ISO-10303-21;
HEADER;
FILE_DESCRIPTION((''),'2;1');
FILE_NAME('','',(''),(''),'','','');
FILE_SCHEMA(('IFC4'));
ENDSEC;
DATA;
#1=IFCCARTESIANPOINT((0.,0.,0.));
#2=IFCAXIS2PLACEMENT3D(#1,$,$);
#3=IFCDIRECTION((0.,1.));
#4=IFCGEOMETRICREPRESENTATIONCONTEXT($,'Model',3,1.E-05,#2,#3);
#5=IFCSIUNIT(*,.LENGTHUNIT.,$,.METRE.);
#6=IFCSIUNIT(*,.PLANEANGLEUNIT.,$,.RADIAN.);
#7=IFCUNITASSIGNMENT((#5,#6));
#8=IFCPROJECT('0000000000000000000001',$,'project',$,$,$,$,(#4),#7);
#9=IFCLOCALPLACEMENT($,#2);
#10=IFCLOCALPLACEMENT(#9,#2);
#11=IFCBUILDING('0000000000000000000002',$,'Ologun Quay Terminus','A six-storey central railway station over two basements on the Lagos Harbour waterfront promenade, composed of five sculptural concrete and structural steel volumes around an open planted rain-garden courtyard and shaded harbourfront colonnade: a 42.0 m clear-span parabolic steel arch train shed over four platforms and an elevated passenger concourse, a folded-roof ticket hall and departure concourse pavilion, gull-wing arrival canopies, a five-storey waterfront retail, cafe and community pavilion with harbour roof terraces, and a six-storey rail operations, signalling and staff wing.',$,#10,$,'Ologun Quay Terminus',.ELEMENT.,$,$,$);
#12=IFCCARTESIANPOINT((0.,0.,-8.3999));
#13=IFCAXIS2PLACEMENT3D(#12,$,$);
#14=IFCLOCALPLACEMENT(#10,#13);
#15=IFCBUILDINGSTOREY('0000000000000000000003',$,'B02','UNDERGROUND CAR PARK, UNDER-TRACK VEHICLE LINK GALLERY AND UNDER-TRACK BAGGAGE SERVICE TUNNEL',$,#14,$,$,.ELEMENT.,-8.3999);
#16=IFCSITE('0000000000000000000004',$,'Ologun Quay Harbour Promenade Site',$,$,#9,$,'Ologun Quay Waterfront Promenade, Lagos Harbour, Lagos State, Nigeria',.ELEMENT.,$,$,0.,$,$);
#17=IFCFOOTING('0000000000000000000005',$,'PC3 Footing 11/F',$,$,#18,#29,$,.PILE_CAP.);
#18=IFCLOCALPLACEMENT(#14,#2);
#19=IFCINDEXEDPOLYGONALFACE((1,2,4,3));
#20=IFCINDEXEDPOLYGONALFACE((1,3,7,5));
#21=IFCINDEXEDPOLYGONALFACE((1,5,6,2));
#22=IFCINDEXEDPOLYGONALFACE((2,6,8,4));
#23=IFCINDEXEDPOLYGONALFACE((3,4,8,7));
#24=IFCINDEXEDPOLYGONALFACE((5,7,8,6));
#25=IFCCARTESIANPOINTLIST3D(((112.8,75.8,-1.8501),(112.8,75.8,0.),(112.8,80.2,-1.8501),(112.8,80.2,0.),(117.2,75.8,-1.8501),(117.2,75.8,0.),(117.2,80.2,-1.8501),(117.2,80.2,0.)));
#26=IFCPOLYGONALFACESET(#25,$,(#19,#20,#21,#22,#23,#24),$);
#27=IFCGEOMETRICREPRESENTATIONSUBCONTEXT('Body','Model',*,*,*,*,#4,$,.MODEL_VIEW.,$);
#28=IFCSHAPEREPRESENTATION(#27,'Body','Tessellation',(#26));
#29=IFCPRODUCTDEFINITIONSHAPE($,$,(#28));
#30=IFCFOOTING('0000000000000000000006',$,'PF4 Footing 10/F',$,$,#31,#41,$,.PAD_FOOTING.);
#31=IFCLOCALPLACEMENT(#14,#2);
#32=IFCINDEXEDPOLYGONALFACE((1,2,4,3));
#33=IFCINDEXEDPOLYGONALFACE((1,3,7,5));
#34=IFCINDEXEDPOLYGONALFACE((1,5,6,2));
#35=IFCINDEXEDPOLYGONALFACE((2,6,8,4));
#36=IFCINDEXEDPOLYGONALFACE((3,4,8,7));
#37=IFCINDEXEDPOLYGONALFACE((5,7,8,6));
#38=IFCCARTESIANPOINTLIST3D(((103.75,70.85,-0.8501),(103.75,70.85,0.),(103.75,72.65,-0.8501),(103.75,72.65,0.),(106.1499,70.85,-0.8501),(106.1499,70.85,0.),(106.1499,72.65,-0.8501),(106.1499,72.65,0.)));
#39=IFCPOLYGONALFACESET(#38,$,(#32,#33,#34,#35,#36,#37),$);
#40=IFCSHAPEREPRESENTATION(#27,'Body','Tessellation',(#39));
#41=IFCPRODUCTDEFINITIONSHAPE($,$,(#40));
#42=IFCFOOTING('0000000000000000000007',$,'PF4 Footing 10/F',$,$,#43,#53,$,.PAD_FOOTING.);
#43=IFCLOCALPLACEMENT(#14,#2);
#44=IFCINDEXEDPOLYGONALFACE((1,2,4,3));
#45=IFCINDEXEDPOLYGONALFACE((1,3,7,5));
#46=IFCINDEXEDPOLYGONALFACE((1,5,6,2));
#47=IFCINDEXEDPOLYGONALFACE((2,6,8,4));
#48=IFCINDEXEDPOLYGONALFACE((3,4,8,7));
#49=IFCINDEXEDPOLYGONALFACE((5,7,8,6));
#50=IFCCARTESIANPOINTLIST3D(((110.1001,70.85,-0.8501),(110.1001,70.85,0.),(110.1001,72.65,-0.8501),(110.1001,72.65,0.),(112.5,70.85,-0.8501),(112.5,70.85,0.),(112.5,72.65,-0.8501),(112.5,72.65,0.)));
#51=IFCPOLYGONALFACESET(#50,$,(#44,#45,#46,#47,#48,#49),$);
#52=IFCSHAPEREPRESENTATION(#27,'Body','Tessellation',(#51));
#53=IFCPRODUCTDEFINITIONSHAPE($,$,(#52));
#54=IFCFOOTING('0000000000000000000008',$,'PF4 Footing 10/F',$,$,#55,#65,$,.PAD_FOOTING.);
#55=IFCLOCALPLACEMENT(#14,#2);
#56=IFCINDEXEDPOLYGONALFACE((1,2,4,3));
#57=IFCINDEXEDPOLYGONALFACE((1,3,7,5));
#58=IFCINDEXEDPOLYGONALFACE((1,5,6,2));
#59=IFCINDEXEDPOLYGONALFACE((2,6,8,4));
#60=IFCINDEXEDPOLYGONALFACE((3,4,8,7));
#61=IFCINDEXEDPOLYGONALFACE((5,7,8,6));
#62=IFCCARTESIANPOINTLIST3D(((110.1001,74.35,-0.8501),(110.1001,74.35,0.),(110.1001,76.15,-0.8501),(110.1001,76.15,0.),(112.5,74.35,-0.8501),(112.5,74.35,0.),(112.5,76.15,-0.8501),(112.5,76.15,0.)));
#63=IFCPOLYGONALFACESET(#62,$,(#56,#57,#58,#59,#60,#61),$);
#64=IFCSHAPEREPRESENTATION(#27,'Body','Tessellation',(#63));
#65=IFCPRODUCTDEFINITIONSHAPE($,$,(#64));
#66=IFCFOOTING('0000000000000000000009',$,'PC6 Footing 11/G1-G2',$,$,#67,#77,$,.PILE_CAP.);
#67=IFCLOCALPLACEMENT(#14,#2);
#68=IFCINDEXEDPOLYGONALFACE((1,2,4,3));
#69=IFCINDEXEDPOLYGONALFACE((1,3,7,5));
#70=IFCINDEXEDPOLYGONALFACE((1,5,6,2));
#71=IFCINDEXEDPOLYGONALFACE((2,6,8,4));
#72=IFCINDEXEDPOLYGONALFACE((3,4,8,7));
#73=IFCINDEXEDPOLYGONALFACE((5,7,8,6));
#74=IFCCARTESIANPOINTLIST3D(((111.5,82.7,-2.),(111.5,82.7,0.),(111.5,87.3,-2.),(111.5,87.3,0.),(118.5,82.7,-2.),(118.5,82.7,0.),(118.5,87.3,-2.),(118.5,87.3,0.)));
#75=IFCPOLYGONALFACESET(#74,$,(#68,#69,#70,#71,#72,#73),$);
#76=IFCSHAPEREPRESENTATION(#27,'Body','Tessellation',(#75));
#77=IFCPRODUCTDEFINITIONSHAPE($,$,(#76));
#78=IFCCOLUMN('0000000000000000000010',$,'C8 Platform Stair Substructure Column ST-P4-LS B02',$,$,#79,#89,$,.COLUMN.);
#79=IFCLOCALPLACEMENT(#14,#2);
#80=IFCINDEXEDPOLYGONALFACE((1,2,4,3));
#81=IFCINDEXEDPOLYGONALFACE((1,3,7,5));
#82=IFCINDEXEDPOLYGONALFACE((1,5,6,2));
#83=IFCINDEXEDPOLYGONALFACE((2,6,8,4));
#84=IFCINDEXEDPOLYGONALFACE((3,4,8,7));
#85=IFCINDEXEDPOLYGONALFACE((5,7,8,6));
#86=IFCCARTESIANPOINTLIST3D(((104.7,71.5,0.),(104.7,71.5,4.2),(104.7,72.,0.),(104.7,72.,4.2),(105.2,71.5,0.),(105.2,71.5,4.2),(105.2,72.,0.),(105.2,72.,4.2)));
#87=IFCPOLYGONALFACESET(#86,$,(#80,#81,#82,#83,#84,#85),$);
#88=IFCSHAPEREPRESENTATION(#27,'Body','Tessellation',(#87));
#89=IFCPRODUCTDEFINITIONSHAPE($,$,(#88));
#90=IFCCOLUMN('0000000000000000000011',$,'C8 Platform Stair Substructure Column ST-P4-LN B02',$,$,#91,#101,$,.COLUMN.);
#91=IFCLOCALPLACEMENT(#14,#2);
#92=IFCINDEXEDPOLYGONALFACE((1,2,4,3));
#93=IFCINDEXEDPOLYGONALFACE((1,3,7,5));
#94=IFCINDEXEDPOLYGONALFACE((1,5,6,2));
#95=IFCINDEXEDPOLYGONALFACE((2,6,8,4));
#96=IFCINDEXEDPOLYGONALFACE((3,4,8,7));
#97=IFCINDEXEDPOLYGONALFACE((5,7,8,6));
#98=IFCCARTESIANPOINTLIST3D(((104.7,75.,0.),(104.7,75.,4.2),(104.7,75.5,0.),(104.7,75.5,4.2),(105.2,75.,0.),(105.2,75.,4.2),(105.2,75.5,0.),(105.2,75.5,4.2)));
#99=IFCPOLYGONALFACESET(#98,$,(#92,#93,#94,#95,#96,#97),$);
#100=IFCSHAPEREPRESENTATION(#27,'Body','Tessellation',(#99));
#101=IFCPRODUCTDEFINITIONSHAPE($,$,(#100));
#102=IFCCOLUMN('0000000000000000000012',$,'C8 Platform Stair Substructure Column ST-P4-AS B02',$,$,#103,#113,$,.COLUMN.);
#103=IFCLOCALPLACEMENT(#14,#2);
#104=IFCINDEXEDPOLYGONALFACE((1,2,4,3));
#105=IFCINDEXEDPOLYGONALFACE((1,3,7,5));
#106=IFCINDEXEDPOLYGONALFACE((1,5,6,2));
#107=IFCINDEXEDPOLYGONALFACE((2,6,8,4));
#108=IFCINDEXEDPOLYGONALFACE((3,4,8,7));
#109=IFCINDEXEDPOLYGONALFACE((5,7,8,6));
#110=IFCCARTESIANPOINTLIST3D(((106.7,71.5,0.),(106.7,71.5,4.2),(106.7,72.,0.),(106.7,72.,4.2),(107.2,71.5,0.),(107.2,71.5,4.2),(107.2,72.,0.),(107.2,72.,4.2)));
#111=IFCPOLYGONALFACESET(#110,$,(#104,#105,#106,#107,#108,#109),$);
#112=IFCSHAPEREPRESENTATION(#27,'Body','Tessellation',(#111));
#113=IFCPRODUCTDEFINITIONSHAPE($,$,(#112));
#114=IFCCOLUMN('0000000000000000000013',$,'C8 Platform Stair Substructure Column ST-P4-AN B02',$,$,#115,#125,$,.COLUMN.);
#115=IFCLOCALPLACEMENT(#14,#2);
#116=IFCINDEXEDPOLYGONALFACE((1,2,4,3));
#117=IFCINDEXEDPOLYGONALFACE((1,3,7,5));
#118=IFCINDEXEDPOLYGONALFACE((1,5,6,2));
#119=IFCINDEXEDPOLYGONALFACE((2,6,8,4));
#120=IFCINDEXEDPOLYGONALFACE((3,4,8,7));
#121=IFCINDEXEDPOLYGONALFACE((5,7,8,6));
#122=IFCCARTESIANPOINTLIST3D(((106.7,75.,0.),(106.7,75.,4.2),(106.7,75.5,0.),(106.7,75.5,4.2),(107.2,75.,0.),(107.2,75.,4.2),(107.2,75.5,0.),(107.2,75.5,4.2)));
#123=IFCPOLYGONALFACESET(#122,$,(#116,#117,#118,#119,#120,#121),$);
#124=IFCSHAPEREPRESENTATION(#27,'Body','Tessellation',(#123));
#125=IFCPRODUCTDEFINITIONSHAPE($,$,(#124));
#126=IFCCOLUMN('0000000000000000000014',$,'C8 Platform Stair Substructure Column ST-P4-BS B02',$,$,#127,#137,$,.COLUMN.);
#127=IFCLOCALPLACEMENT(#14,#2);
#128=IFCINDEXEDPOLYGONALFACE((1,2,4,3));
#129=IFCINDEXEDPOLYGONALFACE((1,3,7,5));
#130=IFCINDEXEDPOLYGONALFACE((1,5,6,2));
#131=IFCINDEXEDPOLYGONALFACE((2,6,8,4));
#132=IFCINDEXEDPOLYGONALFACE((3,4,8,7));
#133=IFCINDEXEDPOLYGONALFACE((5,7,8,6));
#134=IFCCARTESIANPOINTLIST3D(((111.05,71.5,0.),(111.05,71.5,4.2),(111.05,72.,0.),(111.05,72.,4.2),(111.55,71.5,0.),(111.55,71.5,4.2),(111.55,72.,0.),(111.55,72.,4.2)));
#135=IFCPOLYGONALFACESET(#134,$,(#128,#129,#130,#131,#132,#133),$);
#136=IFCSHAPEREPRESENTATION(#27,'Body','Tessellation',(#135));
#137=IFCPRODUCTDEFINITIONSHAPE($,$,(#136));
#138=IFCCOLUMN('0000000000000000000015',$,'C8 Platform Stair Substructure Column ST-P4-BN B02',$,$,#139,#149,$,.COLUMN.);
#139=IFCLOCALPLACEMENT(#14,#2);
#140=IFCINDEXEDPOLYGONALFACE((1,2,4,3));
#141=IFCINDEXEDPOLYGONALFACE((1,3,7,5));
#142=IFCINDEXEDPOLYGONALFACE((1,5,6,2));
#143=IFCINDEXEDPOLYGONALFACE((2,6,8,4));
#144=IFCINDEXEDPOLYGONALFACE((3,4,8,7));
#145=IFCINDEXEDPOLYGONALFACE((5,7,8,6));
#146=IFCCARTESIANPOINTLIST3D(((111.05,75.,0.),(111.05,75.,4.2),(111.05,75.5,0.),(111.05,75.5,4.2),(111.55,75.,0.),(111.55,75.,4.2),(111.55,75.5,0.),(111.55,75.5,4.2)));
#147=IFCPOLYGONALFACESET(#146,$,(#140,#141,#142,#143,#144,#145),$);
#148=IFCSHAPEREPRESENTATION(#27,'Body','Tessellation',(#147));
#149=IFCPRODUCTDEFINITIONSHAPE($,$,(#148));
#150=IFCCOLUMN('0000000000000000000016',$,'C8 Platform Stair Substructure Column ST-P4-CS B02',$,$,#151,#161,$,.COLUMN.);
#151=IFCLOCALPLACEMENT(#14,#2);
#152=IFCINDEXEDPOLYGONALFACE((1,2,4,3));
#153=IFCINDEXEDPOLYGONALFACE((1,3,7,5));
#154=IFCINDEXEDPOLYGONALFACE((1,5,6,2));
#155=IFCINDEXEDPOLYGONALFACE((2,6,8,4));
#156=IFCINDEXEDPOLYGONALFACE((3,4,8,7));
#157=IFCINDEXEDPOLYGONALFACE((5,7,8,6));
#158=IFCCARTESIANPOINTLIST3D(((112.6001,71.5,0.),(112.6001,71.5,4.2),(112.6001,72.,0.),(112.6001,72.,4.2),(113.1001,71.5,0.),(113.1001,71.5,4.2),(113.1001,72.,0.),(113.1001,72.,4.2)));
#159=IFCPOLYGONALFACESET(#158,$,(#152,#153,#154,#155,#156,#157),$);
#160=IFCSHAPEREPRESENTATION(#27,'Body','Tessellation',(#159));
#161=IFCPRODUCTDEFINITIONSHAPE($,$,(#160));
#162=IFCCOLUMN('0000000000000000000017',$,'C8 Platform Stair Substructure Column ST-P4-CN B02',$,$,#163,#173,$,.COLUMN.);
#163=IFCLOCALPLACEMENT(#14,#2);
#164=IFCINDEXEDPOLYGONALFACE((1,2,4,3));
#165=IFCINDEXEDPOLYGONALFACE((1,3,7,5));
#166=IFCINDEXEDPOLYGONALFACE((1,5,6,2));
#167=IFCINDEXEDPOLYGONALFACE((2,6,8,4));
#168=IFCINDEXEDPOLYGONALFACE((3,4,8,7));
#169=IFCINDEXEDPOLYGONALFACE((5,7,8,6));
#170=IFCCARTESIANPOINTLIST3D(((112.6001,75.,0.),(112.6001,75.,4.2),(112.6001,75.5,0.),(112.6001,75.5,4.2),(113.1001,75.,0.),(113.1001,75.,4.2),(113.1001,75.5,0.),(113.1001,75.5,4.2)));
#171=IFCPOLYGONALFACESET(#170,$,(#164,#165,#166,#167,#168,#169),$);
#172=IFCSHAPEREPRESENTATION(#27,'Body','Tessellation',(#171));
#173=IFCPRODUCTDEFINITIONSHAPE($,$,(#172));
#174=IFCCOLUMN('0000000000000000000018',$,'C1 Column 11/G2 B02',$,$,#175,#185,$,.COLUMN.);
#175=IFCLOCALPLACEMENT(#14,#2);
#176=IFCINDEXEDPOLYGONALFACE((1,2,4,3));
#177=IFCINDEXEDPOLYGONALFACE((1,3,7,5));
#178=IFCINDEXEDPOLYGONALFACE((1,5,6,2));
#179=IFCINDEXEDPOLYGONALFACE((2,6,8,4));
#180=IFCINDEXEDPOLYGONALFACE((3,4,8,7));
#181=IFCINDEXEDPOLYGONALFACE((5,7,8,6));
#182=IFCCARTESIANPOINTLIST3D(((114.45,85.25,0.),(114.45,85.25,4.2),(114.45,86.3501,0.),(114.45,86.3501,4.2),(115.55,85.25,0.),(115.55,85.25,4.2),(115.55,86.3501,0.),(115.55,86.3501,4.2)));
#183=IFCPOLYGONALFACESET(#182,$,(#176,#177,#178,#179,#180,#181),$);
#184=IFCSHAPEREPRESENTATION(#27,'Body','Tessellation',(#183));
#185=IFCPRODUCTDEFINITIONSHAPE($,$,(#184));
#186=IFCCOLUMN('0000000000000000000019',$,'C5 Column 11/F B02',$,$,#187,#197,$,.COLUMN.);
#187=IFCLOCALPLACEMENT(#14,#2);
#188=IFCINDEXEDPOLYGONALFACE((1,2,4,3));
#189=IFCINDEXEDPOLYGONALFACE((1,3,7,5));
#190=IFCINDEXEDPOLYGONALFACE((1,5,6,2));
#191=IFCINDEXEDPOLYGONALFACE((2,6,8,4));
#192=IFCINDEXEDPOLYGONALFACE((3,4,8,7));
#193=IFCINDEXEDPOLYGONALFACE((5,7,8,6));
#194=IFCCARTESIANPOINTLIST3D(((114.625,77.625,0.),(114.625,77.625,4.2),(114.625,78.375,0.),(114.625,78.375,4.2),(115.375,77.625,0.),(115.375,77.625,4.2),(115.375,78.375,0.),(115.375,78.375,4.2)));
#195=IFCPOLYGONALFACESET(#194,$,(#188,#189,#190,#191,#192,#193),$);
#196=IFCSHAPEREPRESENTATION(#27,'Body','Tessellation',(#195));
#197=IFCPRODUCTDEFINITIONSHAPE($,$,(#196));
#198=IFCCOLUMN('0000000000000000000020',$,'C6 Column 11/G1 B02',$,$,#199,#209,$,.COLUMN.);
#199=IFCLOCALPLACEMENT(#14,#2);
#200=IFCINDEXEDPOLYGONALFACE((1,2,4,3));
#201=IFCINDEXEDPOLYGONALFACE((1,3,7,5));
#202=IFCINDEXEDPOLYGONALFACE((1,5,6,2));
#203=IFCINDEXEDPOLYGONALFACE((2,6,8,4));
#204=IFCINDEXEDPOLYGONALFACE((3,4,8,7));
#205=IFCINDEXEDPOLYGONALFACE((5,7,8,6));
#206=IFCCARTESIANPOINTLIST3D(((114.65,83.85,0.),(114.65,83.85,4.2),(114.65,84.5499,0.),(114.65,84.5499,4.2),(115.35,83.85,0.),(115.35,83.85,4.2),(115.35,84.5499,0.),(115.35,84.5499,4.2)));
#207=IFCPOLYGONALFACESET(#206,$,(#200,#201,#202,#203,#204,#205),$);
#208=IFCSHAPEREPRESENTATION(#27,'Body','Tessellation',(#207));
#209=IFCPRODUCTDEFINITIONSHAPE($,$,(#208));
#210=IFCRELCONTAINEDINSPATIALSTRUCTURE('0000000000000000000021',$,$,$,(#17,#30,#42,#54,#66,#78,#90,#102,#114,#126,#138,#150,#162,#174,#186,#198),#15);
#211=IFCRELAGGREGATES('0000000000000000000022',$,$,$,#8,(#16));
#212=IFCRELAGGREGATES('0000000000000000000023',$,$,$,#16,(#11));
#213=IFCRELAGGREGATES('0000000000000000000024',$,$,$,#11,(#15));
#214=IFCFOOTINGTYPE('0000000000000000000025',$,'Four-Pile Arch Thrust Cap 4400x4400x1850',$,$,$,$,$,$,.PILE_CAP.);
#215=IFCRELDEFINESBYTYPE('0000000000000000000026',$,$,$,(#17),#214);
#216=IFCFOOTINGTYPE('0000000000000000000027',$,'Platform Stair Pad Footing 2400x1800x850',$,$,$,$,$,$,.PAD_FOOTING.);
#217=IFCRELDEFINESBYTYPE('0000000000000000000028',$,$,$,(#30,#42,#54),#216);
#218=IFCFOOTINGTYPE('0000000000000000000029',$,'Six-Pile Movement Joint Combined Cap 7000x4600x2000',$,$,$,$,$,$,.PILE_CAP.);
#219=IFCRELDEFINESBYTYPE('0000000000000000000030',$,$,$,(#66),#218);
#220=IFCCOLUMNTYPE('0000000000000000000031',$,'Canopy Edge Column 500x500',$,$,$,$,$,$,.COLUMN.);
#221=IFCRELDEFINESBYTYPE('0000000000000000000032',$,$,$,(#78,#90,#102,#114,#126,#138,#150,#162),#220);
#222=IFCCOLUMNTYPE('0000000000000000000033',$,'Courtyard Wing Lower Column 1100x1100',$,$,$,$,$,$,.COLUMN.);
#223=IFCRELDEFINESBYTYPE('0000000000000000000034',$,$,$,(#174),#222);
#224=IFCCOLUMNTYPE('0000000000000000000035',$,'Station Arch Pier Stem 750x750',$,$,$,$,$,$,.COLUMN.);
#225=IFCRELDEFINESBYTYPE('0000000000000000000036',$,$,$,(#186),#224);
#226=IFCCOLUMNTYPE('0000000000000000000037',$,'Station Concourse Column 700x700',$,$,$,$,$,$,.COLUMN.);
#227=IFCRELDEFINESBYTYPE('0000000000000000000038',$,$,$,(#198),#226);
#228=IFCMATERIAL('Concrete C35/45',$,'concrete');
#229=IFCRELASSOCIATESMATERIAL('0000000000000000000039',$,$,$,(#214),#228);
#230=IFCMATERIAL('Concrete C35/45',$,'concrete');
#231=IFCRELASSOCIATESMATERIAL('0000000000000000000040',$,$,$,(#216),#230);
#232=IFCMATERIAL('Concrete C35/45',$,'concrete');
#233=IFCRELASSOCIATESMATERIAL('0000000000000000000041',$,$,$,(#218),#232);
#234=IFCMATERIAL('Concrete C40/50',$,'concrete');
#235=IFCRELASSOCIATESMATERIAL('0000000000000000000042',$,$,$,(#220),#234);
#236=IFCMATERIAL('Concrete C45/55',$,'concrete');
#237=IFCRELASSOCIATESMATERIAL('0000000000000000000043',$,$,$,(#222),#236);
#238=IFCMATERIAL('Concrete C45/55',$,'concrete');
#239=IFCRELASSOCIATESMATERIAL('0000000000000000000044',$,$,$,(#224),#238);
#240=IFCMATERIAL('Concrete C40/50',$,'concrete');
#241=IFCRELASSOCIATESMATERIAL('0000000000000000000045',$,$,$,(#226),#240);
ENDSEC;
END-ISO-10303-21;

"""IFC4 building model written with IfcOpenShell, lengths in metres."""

from ifc_helpers import new_model, si_unit, direction, frame, origin, origin_2d, place, context, subcontext, project, spatial, rectangle, extrude, material, material_profile, profile_set, type_object, element, save


model = new_model("IFC4")

# Units and contexts
model_context = context("Model", 3, precision=1e-05, world=origin(), true_north=direction((0.0, 1.0)))
body_context = subcontext(model_context, "Body", "Model", "MODEL_VIEW")
ifc_project = project(units=[si_unit("LENGTHUNIT", "METRE"), si_unit("PLANEANGLEUNIT", "RADIAN")], contexts=[model_context])

# Site, building, storey
site_placement = place(None, origin())
site = spatial("IfcSite", under=ifc_project, at=site_placement, Name="Ologun Quay Harbour Promenade Site", LongName="Ologun Quay Waterfront Promenade, Lagos Harbour, Lagos State, Nigeria", CompositionType="ELEMENT", RefElevation=0.0)
building_placement = place(site_placement, origin())
building = spatial("IfcBuilding", under=site, at=building_placement, Name="Ologun Quay Terminus", Description="A six-storey central railway station over two basements on the Lagos Harbour waterfront promenade, composed of five sculptural concrete and structural steel volumes around an open planted rain-garden courtyard and shaded harbourfront colonnade: a 42.0 m clear-span parabolic steel arch train shed over four platforms and an elevated passenger concourse, a folded-roof ticket hall and departure concourse pavilion, gull-wing arrival canopies, a five-storey waterfront retail, cafe and community pavilion with harbour roof terraces, and a six-storey rail operations, signalling and staff wing.", LongName="Ologun Quay Terminus", CompositionType="ELEMENT")
storey_placement = place(building_placement, frame((0.0, 0.0, -8.3999)))
storey = spatial("IfcBuildingStorey", under=building, at=storey_placement, Name="B02", Description="UNDERGROUND CAR PARK, UNDER-TRACK VEHICLE LINK GALLERY AND UNDER-TRACK BAGGAGE SERVICE TUNNEL", CompositionType="ELEMENT", Elevation=-8.3999)

# Footings
ifc_material_1 = material(Name="Concrete C35/45", Category="concrete")
footing_type_1 = type_object("IfcFootingType", Name="Four-Pile Arch Thrust Cap 4400x4400x1850", PredefinedType="PILE_CAP", material=ifc_material_1)
footing_1_placement = place(storey_placement, frame((115.0, 78.0, -1.8501), z_axis=(0.0, 0.0, 1.0), x_axis=(1.0, 0.0, 0.0)))
element("IfcFooting", 1, at=footing_1_placement, inside=storey, type_object=footing_type_1, Name="PC3 Footing 11/F", PredefinedType="PILE_CAP", context=body_context, shape_type="SweptSolid", body=[
    extrude(rectangle(XDim=4.3999, YDim=4.3999, at=origin_2d()), origin(), (0.0, 0.0, 1.0), 1.8501),
])
ifc_material_2 = material(Name="Concrete C35/45", Category="concrete")
footing_type_2 = type_object("IfcFootingType", Name="Platform Stair Pad Footing 2400x1800x850", PredefinedType="PAD_FOOTING", material=ifc_material_2)
for number, where, z_axis, x_axis, name in (
    (2, (104.95, 71.75, -0.8501), (0.0, 0.0, 1.0), (1.0, 0.0, 0.0), "PF4 Footing 10/F"),
    (3, (111.3, 71.75, -0.8501), (0.0, 0.0, 1.0), (1.0, 0.0, 0.0), "PF4 Footing 10/F"),
    (4, (111.3, 75.25, -0.8501), (0.0, 0.0, 1.0), (1.0, 0.0, 0.0), "PF4 Footing 10/F"),
):
    element("IfcFooting", number, at=place(storey_placement, frame(where, z_axis=z_axis, x_axis=x_axis)), inside=storey, type_object=footing_type_2, Name=name, PredefinedType="PAD_FOOTING", context=body_context, shape_type="SweptSolid", body=[
        extrude(rectangle(XDim=2.3999, YDim=1.8, at=origin_2d()), origin(), (0.0, 0.0, 1.0), 0.8501),
    ])
ifc_material_3 = material(Name="Concrete C35/45", Category="concrete")
footing_type_3 = type_object("IfcFootingType", Name="Six-Pile Movement Joint Combined Cap 7000x4600x2000", PredefinedType="PILE_CAP", material=ifc_material_3)
footing_2_placement = place(storey_placement, frame((115.0, 85.0, -2.0), z_axis=(0.0, 0.0, 1.0), x_axis=(1.0, 0.0, 0.0)))
element("IfcFooting", 5, at=footing_2_placement, inside=storey, type_object=footing_type_3, Name="PC6 Footing 11/G1-G2", PredefinedType="PILE_CAP", context=body_context, shape_type="SweptSolid", body=[
    extrude(rectangle(XDim=7.0, YDim=4.6001, at=origin_2d()), origin(), (0.0, 0.0, 1.0), 2.0),
])

# Columns
ifc_material_4 = material(Name="Concrete C40/50", Category="concrete")
ifc_material_profile_1 = material_profile(ifc_material_4, rectangle(XDim=0.5, YDim=0.5, at=origin_2d()), Name="RC 500x500")
ifc_profile_set_1 = profile_set([ifc_material_profile_1], Name="Concrete C40/50")
column_type_1 = type_object("IfcColumnType", Name="Canopy Edge Column 500x500", PredefinedType="COLUMN", material=ifc_profile_set_1)
for number, where, z_axis, x_axis, name in (
    (6, (104.95, 71.75, 0.0), (0.0, 0.0, 1.0), (1.0, 0.0, 0.0), "C8 Platform Stair Substructure Column ST-P4-LS B02"),
    (7, (104.95, 75.25, 0.0), (0.0, 0.0, 1.0), (1.0, 0.0, 0.0), "C8 Platform Stair Substructure Column ST-P4-LN B02"),
    (8, (106.95, 71.75, 0.0), (0.0, 0.0, 1.0), (1.0, 0.0, 0.0), "C8 Platform Stair Substructure Column ST-P4-AS B02"),
    (9, (106.95, 75.25, 0.0), (0.0, 0.0, 1.0), (1.0, 0.0, 0.0), "C8 Platform Stair Substructure Column ST-P4-AN B02"),
    (10, (111.3, 71.75, 0.0), (0.0, 0.0, 1.0), (1.0, 0.0, 0.0), "C8 Platform Stair Substructure Column ST-P4-BS B02"),
    (11, (111.3, 75.25, 0.0), (0.0, 0.0, 1.0), (1.0, 0.0, 0.0), "C8 Platform Stair Substructure Column ST-P4-BN B02"),
    (12, (112.8501, 71.75, 0.0), (0.0, 0.0, 1.0), (1.0, 0.0, 0.0), "C8 Platform Stair Substructure Column ST-P4-CS B02"),
    (13, (112.8501, 75.25, 0.0), (0.0, 0.0, 1.0), (1.0, 0.0, 0.0), "C8 Platform Stair Substructure Column ST-P4-CN B02"),
):
    element("IfcColumn", number, at=place(storey_placement, frame(where, z_axis=z_axis, x_axis=x_axis)), inside=storey, type_object=column_type_1, Name=name, PredefinedType="COLUMN", context=body_context, shape_type="SweptSolid", body=[
        extrude(rectangle(XDim=0.5, YDim=0.5, at=origin_2d()), origin(), (0.0, 0.0, 1.0), 4.2),
    ])
ifc_material_5 = material(Name="Concrete C45/55", Category="concrete")
ifc_material_profile_2 = material_profile(ifc_material_5, rectangle(XDim=1.1001, YDim=1.1001, at=origin_2d()), Name="RC 1100x1100")
ifc_profile_set_2 = profile_set([ifc_material_profile_2], Name="Concrete C45/55")
column_type_2 = type_object("IfcColumnType", Name="Courtyard Wing Lower Column 1100x1100", PredefinedType="COLUMN", material=ifc_profile_set_2)
column_1_placement = place(storey_placement, frame((115.0, 85.8, 0.0), z_axis=(0.0, 0.0, 1.0), x_axis=(1.0, 0.0, 0.0)))
element("IfcColumn", 14, at=column_1_placement, inside=storey, type_object=column_type_2, Name="C1 Column 11/G2 B02", PredefinedType="COLUMN", context=body_context, shape_type="SweptSolid", body=[
    extrude(rectangle(XDim=1.1001, YDim=1.1001, at=origin_2d()), origin(), (0.0, 0.0, 1.0), 4.2),
])
ifc_material_6 = material(Name="Concrete C45/55", Category="concrete")
ifc_material_profile_3 = material_profile(ifc_material_6, rectangle(XDim=0.75, YDim=0.75, at=origin_2d()), Name="RC 750x750")
ifc_profile_set_3 = profile_set([ifc_material_profile_3], Name="Concrete C45/55")
column_type_3 = type_object("IfcColumnType", Name="Station Arch Pier Stem 750x750", PredefinedType="COLUMN", material=ifc_profile_set_3)
column_2_placement = place(storey_placement, frame((115.0, 78.0, 0.0), z_axis=(0.0, 0.0, 1.0), x_axis=(1.0, 0.0, 0.0)))
element("IfcColumn", 15, at=column_2_placement, inside=storey, type_object=column_type_3, Name="C5 Column 11/F B02", PredefinedType="COLUMN", context=body_context, shape_type="SweptSolid", body=[
    extrude(rectangle(XDim=0.75, YDim=0.75, at=origin_2d()), origin(), (0.0, 0.0, 1.0), 4.2),
])
ifc_material_7 = material(Name="Concrete C40/50", Category="concrete")
ifc_material_profile_4 = material_profile(ifc_material_7, rectangle(XDim=0.7, YDim=0.7, at=origin_2d()), Name="RC 700x700")
ifc_profile_set_4 = profile_set([ifc_material_profile_4], Name="Concrete C40/50")
column_type_4 = type_object("IfcColumnType", Name="Station Concourse Column 700x700", PredefinedType="COLUMN", material=ifc_profile_set_4)
column_3_placement = place(storey_placement, frame((115.0, 84.2, 0.0), z_axis=(0.0, 0.0, 1.0), x_axis=(1.0, 0.0, 0.0)))
element("IfcColumn", 16, at=column_3_placement, inside=storey, type_object=column_type_4, Name="C6 Column 11/G1 B02", PredefinedType="COLUMN", context=body_context, shape_type="SweptSolid", body=[
    extrude(rectangle(XDim=0.7, YDim=0.7, at=origin_2d()), origin(), (0.0, 0.0, 1.0), 4.2),
])

save(model, "model.ifc")
